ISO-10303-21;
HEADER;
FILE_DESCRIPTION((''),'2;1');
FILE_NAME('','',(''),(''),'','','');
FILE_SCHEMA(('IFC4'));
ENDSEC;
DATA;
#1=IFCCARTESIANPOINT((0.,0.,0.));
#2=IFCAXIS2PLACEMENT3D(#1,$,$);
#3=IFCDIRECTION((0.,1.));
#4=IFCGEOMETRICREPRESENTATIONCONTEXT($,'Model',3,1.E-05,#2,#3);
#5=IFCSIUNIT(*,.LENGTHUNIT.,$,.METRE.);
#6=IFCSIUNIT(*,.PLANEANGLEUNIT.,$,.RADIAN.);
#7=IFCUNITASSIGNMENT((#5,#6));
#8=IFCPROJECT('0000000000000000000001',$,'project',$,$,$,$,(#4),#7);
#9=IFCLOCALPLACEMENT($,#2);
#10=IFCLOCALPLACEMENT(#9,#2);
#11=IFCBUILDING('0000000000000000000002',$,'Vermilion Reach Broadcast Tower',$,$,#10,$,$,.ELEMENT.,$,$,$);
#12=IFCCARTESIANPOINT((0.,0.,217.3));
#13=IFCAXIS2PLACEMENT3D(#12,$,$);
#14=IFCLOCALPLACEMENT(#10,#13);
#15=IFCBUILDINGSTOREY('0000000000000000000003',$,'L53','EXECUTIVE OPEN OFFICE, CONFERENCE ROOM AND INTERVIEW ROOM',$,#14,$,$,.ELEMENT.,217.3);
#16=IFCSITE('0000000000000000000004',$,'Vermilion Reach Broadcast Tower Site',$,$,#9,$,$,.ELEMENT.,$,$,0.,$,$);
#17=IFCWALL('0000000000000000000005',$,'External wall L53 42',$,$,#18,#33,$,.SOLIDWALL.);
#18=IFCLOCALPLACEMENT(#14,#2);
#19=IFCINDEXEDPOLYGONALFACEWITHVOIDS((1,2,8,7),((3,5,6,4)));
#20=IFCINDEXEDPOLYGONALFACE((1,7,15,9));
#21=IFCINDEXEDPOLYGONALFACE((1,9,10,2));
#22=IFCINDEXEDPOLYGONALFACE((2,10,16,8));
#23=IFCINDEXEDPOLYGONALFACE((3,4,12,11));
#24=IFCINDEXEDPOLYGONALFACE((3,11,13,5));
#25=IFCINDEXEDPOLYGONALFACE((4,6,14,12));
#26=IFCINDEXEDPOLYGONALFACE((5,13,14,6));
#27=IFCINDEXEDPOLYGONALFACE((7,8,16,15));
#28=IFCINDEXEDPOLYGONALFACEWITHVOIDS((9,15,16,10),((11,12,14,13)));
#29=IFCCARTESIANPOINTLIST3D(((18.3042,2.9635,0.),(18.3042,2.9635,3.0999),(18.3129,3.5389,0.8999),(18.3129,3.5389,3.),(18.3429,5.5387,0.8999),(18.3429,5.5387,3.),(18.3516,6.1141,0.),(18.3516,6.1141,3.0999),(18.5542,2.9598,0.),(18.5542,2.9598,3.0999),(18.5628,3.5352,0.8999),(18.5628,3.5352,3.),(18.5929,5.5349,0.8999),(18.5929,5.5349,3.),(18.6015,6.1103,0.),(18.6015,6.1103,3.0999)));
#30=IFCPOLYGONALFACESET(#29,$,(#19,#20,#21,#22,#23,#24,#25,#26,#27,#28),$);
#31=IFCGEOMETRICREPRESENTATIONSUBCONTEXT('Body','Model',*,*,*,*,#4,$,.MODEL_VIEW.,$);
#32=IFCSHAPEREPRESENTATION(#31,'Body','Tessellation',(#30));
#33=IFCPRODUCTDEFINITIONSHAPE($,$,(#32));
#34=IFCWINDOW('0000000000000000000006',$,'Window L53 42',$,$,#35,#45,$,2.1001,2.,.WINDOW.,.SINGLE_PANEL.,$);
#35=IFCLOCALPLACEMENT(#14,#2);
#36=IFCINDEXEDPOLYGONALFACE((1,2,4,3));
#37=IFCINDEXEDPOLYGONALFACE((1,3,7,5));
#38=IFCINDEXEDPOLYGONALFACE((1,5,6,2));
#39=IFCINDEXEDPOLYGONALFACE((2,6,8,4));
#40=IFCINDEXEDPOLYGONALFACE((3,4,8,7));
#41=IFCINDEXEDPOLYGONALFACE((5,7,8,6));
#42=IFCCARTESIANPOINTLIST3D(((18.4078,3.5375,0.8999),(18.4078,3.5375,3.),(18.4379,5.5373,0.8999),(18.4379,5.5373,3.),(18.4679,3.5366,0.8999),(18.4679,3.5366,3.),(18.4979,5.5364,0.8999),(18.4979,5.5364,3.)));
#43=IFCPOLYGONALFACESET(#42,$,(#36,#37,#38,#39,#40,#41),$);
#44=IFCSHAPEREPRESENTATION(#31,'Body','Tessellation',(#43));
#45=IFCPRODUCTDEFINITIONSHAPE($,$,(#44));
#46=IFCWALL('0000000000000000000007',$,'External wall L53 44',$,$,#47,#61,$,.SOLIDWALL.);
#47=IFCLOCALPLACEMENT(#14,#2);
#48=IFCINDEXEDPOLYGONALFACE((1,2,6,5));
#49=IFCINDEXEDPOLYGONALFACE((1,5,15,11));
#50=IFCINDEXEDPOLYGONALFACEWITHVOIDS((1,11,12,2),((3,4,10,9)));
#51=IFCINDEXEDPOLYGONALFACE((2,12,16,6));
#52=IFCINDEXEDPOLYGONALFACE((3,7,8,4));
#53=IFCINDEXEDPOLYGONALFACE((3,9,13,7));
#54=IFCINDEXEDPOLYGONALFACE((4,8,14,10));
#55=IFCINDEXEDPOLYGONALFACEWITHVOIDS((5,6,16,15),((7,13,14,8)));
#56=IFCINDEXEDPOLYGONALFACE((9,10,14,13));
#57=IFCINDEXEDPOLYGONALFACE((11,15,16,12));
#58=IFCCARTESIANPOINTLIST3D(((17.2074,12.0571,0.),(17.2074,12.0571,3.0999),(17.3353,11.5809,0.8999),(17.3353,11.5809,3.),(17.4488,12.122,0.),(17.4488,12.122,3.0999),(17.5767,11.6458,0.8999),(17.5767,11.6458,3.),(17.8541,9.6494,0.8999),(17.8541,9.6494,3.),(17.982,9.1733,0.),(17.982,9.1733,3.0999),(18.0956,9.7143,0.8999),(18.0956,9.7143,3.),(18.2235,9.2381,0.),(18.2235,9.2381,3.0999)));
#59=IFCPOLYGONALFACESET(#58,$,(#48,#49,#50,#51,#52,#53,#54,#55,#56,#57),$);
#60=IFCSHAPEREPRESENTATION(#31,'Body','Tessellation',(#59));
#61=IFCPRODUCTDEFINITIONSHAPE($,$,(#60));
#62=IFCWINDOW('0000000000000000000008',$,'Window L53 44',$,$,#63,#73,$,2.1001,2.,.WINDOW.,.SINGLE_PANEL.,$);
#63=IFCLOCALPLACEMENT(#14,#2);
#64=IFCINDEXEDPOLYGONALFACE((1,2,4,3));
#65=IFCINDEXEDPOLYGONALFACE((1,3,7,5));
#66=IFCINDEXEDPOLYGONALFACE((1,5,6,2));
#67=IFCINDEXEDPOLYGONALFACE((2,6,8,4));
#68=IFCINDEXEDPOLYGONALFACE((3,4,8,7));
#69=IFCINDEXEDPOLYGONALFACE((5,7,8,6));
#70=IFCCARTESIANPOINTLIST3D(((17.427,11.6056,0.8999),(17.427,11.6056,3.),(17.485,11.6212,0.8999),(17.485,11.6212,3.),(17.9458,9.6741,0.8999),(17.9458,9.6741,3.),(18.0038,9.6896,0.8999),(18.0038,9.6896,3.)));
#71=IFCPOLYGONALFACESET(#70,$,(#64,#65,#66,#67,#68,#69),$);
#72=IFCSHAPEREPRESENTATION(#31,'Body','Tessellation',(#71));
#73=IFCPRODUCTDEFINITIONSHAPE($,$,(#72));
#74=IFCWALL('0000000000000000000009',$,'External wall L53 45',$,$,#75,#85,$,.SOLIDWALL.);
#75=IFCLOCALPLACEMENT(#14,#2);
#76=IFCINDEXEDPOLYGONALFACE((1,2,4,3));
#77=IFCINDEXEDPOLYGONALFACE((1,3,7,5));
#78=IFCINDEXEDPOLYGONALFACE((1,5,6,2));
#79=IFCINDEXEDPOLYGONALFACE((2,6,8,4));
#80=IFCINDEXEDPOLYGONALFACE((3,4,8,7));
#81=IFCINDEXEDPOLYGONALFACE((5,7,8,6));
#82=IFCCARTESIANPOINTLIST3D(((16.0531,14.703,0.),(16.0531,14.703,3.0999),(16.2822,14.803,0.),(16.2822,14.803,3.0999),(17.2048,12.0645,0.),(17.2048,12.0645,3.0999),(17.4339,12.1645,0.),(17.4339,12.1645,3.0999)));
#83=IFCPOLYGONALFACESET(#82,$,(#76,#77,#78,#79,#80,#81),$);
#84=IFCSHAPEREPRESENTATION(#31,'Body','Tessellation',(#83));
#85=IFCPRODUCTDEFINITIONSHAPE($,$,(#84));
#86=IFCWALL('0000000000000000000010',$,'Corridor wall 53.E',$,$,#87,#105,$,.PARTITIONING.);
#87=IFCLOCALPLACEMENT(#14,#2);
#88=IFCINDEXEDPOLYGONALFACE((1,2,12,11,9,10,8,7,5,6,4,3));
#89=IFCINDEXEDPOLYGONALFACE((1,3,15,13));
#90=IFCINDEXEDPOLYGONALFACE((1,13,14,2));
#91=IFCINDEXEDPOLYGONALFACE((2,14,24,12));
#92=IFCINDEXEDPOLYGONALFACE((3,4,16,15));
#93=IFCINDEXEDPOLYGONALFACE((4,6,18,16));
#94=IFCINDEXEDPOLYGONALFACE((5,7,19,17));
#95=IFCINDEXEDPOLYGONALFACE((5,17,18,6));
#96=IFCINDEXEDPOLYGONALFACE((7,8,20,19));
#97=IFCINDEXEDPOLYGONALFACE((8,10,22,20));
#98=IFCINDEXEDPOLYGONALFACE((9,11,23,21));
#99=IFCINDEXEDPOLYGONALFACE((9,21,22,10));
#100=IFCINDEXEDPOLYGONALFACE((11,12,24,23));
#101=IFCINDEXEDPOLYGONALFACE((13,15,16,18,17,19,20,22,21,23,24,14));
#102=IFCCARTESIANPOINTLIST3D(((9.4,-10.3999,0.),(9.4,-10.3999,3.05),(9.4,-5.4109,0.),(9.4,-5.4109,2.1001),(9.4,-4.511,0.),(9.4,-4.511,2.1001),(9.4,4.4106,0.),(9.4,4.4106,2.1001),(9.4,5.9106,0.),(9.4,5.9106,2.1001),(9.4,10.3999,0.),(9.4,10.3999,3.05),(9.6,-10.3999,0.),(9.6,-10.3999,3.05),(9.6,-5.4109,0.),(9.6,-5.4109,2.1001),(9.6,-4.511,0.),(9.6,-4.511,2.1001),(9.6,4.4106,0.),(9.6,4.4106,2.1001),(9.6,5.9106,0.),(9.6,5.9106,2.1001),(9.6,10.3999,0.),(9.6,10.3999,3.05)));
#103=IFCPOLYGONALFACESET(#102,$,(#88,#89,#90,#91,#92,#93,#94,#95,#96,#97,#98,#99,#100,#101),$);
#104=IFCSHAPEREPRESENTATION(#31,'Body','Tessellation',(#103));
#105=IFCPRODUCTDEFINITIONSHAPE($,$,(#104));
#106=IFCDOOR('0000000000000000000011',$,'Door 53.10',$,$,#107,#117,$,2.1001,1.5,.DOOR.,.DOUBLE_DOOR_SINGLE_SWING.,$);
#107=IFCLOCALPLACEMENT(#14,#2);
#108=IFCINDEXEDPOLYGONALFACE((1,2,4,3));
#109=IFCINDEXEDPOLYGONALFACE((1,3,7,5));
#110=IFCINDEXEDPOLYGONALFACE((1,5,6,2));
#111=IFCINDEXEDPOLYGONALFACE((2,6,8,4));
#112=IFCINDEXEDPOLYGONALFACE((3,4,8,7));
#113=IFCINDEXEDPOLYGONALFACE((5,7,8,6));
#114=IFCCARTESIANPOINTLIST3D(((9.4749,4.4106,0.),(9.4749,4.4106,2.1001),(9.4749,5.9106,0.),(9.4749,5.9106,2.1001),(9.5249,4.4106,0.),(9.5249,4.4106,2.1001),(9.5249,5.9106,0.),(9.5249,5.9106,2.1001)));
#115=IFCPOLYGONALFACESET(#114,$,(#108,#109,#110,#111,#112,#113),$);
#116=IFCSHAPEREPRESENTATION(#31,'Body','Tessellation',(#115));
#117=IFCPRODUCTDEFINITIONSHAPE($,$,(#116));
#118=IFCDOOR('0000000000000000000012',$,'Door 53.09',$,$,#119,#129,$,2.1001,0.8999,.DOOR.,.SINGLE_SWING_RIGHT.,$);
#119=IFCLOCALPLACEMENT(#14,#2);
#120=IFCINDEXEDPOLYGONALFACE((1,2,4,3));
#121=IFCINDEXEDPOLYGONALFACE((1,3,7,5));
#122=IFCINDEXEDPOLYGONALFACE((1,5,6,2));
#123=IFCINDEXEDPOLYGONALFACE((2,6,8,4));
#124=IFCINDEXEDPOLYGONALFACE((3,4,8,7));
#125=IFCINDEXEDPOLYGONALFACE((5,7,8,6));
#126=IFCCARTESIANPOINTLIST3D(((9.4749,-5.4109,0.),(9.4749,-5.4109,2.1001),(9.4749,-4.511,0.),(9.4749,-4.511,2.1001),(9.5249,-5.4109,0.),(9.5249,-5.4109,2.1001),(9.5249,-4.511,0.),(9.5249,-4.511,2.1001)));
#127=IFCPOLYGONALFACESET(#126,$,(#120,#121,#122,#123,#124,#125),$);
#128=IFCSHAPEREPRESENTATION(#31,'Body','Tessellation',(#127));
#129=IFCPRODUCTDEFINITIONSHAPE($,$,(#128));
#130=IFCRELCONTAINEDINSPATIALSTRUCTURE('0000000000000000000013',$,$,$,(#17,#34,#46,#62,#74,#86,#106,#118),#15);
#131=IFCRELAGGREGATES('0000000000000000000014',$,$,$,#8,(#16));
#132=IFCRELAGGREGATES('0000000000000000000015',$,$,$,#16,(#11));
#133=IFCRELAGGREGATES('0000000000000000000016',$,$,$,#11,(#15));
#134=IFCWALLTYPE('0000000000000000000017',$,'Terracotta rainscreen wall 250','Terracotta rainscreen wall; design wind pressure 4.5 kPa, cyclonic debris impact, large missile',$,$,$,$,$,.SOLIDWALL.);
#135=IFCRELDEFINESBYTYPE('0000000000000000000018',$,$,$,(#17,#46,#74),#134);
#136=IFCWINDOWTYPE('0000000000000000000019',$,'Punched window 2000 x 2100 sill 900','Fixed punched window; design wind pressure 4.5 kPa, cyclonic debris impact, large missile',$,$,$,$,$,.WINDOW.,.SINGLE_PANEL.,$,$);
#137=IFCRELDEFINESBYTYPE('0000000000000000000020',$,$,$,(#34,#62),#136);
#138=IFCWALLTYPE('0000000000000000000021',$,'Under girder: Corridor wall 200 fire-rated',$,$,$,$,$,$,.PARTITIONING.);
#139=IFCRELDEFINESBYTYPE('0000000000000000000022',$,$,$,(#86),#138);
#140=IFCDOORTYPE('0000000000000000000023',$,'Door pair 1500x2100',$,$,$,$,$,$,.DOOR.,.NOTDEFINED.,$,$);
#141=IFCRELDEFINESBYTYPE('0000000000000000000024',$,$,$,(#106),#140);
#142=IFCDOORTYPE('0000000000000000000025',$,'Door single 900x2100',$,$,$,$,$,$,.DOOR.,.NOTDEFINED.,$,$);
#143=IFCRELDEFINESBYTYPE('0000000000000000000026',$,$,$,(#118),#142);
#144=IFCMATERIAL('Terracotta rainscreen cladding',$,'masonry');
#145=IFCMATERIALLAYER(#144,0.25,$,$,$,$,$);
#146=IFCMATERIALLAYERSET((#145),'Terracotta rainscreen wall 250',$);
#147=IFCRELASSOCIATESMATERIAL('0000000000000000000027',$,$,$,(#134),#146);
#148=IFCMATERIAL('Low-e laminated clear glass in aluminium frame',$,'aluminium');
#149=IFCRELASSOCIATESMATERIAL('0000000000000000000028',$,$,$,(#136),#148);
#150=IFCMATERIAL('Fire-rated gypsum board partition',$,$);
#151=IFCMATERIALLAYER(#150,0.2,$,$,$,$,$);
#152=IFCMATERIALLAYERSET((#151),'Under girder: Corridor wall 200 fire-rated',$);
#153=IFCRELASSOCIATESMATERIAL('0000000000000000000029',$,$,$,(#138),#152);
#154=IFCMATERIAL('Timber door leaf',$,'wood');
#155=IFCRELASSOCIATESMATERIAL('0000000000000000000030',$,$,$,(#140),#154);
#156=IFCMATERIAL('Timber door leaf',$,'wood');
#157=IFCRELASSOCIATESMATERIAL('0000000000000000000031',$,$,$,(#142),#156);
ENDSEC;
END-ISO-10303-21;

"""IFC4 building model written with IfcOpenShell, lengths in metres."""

from ifc_helpers import new_model, si_unit, direction, frame, frame_2d, origin, place, context, subcontext, project, spatial, rectangle, extrude, material, layer, layer_set, type_object, element, fill, save


model = new_model("IFC4")

# Units and contexts
model_context = context("Model", 3, precision=1e-05, world=origin(), true_north=direction((0.0, 1.0)))
body_context = subcontext(model_context, "Body", "Model", "MODEL_VIEW")
ifc_project = project(units=[si_unit("LENGTHUNIT", "METRE"), si_unit("PLANEANGLEUNIT", "RADIAN")], contexts=[model_context])

# Site, building, storey
site_placement = place(None, origin())
site = spatial("IfcSite", under=ifc_project, at=site_placement, Name="Vermilion Reach Broadcast Tower Site", CompositionType="ELEMENT", RefElevation=0.0)
building_placement = place(site_placement, origin())
building = spatial("IfcBuilding", under=site, at=building_placement, Name="Vermilion Reach Broadcast Tower", CompositionType="ELEMENT")
storey_placement = place(building_placement, frame((0.0, 0.0, 217.3)))
storey = spatial("IfcBuildingStorey", under=building, at=storey_placement, Name="L53", Description="EXECUTIVE OPEN OFFICE, CONFERENCE ROOM AND INTERVIEW ROOM", CompositionType="ELEMENT", Elevation=217.3)

# Wall, opening, window
ifc_material_1 = material(Name="Terracotta rainscreen cladding", Category="masonry")
ifc_layer_1 = layer(ifc_material_1, 0.25)
ifc_layer_set_1 = layer_set([ifc_layer_1], Name="Terracotta rainscreen wall 250")
wall_type_1 = type_object("IfcWallType", Name="Terracotta rainscreen wall 250", Description="Terracotta rainscreen wall; design wind pressure 4.5 kPa, cyclonic debris impact, large missile", PredefinedType="SOLIDWALL", material=ifc_layer_set_1)
wall_1_placement = place(storey_placement, frame((18.4292, 2.9617, 0.0), z_axis=(0.0, 0.0, 1.0), x_axis=(0.015031, 0.999887, 0.0)))
wall_1 = element("IfcWall", 1, at=wall_1_placement, inside=storey, type_object=wall_type_1, Name="External wall L53 42", PredefinedType="SOLIDWALL", context=body_context, shape_type="SweptSolid", body=[
    extrude(rectangle(XDim=3.1509, YDim=0.25, at=frame_2d((1.5754, 0.0))), origin(), (0.0, 0.0, 1.0), 3.0999),
])
opening_1_placement = place(wall_1_placement, frame((0.5754, 0.0, 0.8999)))
opening_1 = element("IfcOpeningElement", 2, at=opening_1_placement, cuts=wall_1, PredefinedType="OPENING", context=body_context, shape_type="SweptSolid", body=[
    extrude(rectangle(XDim=2.0, YDim=2.1001, at=frame_2d((1.0, 1.05))), frame((0.0, 0.135, 0.0), z_axis=(0.0, -1.0, 0.0), x_axis=(1.0, 0.0, 0.0)), (0.0, 0.0, 1.0), 0.27),
])
ifc_material_2 = material(Name="Low-e laminated clear glass in aluminium frame", Category="aluminium")
window_type = type_object("IfcWindowType", Name="Punched window 2000 x 2100 sill 900", Description="Fixed punched window; design wind pressure 4.5 kPa, cyclonic debris impact, large missile", PartitioningType="SINGLE_PANEL", PredefinedType="WINDOW", material=ifc_material_2)
window_1_placement = place(opening_1_placement, origin())
window_1 = element("IfcWindow", 3, at=window_1_placement, inside=storey, type_object=window_type, Name="Window L53 42", OverallHeight=2.1001, OverallWidth=2.0, PartitioningType="SINGLE_PANEL", PredefinedType="WINDOW", context=body_context, shape_type="SweptSolid", body=[
    extrude(rectangle(XDim=2.0, YDim=2.1001, at=frame_2d((1.0, 1.05))), frame((0.0, 0.03, 0.0), z_axis=(0.0, -1.0, 0.0), x_axis=(1.0, 0.0, 0.0)), (0.0, 0.0, 1.0), 0.0601),
])
fill(opening_1, window_1)

# Wall, opening, window
wall_2_placement = place(storey_placement, frame((18.1028, 9.2056, 0.0), z_axis=(0.0, 0.0, 1.0), x_axis=(-0.259428, 0.965762, 0.0)))
wall_2 = element("IfcWall", 4, at=wall_2_placement, inside=storey, type_object=wall_type_1, Name="External wall L53 44", PredefinedType="SOLIDWALL", context=body_context, shape_type="SweptSolid", body=[
    extrude(rectangle(XDim=2.9861, YDim=0.25, at=frame_2d((1.4932, 0.0))), origin(), (0.0, 0.0, 1.0), 3.0999),
])
opening_2_placement = place(wall_2_placement, frame((0.4932, 0.0, 0.8999)))
opening_2 = element("IfcOpeningElement", 5, at=opening_2_placement, cuts=wall_2, PredefinedType="OPENING", context=body_context, shape_type="SweptSolid", body=[
    extrude(rectangle(XDim=2.0, YDim=2.1001, at=frame_2d((1.0, 1.05))), frame((0.0, 0.135, 0.0), z_axis=(0.0, -1.0, 0.0), x_axis=(1.0, 0.0, 0.0)), (0.0, 0.0, 1.0), 0.27),
])
window_2_placement = place(opening_2_placement, origin())
window_2 = element("IfcWindow", 6, at=window_2_placement, inside=storey, type_object=window_type, Name="Window L53 44", OverallHeight=2.1001, OverallWidth=2.0, PartitioningType="SINGLE_PANEL", PredefinedType="WINDOW", context=body_context, shape_type="SweptSolid", body=[
    extrude(rectangle(XDim=2.0, YDim=2.1001, at=frame_2d((1.0, 1.05))), frame((0.0, 0.03, 0.0), z_axis=(0.0, -1.0, 0.0), x_axis=(1.0, 0.0, 0.0)), (0.0, 0.0, 1.0), 0.0601),
])
fill(opening_2, window_2)

# Wall
wall_3_placement = place(storey_placement, frame((17.3193, 12.1145, 0.0), z_axis=(0.0, 0.0, 1.0), x_axis=(-0.400031, 0.916502, 0.0)))
element("IfcWall", 7, at=wall_3_placement, inside=storey, type_object=wall_type_1, Name="External wall L53 45", PredefinedType="SOLIDWALL", context=body_context, shape_type="SweptSolid", body=[
    extrude(rectangle(XDim=2.8789, YDim=0.25, at=frame_2d((1.4395, 0.0))), origin(), (0.0, 0.0, 1.0), 3.0999),
])

# Wall, openings, doors
ifc_material_3 = material(Name="Fire-rated gypsum board partition")
ifc_layer_2 = layer(ifc_material_3, 0.2)
ifc_layer_set_2 = layer_set([ifc_layer_2], Name="Under girder: Corridor wall 200 fire-rated")
wall_type_2 = type_object("IfcWallType", Name="Under girder: Corridor wall 200 fire-rated", PredefinedType="PARTITIONING", material=ifc_layer_set_2)
wall_4_placement = place(storey_placement, frame((9.5, 10.3999, 0.0), z_axis=(0.0, 0.0, 1.0), x_axis=(0.0, -1.0, 0.0)))
wall_4 = element("IfcWall", 8, at=wall_4_placement, inside=storey, type_object=wall_type_2, Name="Corridor wall 53.E", PredefinedType="PARTITIONING", context=body_context, shape_type="SweptSolid", body=[
    extrude(rectangle(XDim=20.7998, YDim=0.2, at=frame_2d((10.3999, 0.0))), origin(), (0.0, 0.0, 1.0), 3.05),
])
opening_3_placement = place(wall_4_placement, frame((14.9109, 0.0, 0.0)))
opening_3 = element("IfcOpeningElement", 9, at=opening_3_placement, cuts=wall_4, PredefinedType="OPENING", context=body_context, shape_type="SweptSolid", body=[
    extrude(rectangle(XDim=0.8999, YDim=2.1001, at=frame_2d((0.45, 1.05))), frame((0.0, 0.1099, 0.0), z_axis=(0.0, -1.0, 0.0), x_axis=(1.0, 0.0, 0.0)), (0.0, 0.0, 1.0), 0.22),
])
opening_4_placement = place(wall_4_placement, frame((4.4893, 0.0, 0.0)))
opening_4 = element("IfcOpeningElement", 10, at=opening_4_placement, cuts=wall_4, PredefinedType="OPENING", context=body_context, shape_type="SweptSolid", body=[
    extrude(rectangle(XDim=1.5, YDim=2.1001, at=frame_2d((0.75, 1.05))), frame((0.0, 0.1099, 0.0), z_axis=(0.0, -1.0, 0.0), x_axis=(1.0, 0.0, 0.0)), (0.0, 0.0, 1.0), 0.22),
])
ifc_material_4 = material(Name="Timber door leaf", Category="wood")
door_type_1 = type_object("IfcDoorType", Name="Door pair 1500x2100", OperationType="NOTDEFINED", PredefinedType="DOOR", material=ifc_material_4)
door_1_placement = place(opening_4_placement, origin())
door_1 = element("IfcDoor", 11, at=door_1_placement, inside=storey, type_object=door_type_1, Name="Door 53.10", OperationType="DOUBLE_DOOR_SINGLE_SWING", OverallHeight=2.1001, OverallWidth=1.5, PredefinedType="DOOR", context=body_context, shape_type="SweptSolid", body=[
    extrude(rectangle(XDim=1.5, YDim=2.1001, at=frame_2d((0.75, 1.05))), frame((0.0, 0.0249, 0.0), z_axis=(0.0, -1.0, 0.0), x_axis=(1.0, 0.0, 0.0)), (0.0, 0.0, 1.0), 0.05),
])
fill(opening_4, door_1)
ifc_material_5 = material(Name="Timber door leaf", Category="wood")
door_type_2 = type_object("IfcDoorType", Name="Door single 900x2100", OperationType="NOTDEFINED", PredefinedType="DOOR", material=ifc_material_5)
door_2_placement = place(opening_3_placement, origin())
door_2 = element("IfcDoor", 12, at=door_2_placement, inside=storey, type_object=door_type_2, Name="Door 53.09", OperationType="SINGLE_SWING_RIGHT", OverallHeight=2.1001, OverallWidth=0.8999, PredefinedType="DOOR", context=body_context, shape_type="SweptSolid", body=[
    extrude(rectangle(XDim=0.8999, YDim=2.1001, at=frame_2d((0.45, 1.05))), frame((0.0, 0.0249, 0.0), z_axis=(0.0, -1.0, 0.0), x_axis=(1.0, 0.0, 0.0)), (0.0, 0.0, 1.0), 0.05),
])
fill(opening_3, door_2)

save(model, "model.ifc")
